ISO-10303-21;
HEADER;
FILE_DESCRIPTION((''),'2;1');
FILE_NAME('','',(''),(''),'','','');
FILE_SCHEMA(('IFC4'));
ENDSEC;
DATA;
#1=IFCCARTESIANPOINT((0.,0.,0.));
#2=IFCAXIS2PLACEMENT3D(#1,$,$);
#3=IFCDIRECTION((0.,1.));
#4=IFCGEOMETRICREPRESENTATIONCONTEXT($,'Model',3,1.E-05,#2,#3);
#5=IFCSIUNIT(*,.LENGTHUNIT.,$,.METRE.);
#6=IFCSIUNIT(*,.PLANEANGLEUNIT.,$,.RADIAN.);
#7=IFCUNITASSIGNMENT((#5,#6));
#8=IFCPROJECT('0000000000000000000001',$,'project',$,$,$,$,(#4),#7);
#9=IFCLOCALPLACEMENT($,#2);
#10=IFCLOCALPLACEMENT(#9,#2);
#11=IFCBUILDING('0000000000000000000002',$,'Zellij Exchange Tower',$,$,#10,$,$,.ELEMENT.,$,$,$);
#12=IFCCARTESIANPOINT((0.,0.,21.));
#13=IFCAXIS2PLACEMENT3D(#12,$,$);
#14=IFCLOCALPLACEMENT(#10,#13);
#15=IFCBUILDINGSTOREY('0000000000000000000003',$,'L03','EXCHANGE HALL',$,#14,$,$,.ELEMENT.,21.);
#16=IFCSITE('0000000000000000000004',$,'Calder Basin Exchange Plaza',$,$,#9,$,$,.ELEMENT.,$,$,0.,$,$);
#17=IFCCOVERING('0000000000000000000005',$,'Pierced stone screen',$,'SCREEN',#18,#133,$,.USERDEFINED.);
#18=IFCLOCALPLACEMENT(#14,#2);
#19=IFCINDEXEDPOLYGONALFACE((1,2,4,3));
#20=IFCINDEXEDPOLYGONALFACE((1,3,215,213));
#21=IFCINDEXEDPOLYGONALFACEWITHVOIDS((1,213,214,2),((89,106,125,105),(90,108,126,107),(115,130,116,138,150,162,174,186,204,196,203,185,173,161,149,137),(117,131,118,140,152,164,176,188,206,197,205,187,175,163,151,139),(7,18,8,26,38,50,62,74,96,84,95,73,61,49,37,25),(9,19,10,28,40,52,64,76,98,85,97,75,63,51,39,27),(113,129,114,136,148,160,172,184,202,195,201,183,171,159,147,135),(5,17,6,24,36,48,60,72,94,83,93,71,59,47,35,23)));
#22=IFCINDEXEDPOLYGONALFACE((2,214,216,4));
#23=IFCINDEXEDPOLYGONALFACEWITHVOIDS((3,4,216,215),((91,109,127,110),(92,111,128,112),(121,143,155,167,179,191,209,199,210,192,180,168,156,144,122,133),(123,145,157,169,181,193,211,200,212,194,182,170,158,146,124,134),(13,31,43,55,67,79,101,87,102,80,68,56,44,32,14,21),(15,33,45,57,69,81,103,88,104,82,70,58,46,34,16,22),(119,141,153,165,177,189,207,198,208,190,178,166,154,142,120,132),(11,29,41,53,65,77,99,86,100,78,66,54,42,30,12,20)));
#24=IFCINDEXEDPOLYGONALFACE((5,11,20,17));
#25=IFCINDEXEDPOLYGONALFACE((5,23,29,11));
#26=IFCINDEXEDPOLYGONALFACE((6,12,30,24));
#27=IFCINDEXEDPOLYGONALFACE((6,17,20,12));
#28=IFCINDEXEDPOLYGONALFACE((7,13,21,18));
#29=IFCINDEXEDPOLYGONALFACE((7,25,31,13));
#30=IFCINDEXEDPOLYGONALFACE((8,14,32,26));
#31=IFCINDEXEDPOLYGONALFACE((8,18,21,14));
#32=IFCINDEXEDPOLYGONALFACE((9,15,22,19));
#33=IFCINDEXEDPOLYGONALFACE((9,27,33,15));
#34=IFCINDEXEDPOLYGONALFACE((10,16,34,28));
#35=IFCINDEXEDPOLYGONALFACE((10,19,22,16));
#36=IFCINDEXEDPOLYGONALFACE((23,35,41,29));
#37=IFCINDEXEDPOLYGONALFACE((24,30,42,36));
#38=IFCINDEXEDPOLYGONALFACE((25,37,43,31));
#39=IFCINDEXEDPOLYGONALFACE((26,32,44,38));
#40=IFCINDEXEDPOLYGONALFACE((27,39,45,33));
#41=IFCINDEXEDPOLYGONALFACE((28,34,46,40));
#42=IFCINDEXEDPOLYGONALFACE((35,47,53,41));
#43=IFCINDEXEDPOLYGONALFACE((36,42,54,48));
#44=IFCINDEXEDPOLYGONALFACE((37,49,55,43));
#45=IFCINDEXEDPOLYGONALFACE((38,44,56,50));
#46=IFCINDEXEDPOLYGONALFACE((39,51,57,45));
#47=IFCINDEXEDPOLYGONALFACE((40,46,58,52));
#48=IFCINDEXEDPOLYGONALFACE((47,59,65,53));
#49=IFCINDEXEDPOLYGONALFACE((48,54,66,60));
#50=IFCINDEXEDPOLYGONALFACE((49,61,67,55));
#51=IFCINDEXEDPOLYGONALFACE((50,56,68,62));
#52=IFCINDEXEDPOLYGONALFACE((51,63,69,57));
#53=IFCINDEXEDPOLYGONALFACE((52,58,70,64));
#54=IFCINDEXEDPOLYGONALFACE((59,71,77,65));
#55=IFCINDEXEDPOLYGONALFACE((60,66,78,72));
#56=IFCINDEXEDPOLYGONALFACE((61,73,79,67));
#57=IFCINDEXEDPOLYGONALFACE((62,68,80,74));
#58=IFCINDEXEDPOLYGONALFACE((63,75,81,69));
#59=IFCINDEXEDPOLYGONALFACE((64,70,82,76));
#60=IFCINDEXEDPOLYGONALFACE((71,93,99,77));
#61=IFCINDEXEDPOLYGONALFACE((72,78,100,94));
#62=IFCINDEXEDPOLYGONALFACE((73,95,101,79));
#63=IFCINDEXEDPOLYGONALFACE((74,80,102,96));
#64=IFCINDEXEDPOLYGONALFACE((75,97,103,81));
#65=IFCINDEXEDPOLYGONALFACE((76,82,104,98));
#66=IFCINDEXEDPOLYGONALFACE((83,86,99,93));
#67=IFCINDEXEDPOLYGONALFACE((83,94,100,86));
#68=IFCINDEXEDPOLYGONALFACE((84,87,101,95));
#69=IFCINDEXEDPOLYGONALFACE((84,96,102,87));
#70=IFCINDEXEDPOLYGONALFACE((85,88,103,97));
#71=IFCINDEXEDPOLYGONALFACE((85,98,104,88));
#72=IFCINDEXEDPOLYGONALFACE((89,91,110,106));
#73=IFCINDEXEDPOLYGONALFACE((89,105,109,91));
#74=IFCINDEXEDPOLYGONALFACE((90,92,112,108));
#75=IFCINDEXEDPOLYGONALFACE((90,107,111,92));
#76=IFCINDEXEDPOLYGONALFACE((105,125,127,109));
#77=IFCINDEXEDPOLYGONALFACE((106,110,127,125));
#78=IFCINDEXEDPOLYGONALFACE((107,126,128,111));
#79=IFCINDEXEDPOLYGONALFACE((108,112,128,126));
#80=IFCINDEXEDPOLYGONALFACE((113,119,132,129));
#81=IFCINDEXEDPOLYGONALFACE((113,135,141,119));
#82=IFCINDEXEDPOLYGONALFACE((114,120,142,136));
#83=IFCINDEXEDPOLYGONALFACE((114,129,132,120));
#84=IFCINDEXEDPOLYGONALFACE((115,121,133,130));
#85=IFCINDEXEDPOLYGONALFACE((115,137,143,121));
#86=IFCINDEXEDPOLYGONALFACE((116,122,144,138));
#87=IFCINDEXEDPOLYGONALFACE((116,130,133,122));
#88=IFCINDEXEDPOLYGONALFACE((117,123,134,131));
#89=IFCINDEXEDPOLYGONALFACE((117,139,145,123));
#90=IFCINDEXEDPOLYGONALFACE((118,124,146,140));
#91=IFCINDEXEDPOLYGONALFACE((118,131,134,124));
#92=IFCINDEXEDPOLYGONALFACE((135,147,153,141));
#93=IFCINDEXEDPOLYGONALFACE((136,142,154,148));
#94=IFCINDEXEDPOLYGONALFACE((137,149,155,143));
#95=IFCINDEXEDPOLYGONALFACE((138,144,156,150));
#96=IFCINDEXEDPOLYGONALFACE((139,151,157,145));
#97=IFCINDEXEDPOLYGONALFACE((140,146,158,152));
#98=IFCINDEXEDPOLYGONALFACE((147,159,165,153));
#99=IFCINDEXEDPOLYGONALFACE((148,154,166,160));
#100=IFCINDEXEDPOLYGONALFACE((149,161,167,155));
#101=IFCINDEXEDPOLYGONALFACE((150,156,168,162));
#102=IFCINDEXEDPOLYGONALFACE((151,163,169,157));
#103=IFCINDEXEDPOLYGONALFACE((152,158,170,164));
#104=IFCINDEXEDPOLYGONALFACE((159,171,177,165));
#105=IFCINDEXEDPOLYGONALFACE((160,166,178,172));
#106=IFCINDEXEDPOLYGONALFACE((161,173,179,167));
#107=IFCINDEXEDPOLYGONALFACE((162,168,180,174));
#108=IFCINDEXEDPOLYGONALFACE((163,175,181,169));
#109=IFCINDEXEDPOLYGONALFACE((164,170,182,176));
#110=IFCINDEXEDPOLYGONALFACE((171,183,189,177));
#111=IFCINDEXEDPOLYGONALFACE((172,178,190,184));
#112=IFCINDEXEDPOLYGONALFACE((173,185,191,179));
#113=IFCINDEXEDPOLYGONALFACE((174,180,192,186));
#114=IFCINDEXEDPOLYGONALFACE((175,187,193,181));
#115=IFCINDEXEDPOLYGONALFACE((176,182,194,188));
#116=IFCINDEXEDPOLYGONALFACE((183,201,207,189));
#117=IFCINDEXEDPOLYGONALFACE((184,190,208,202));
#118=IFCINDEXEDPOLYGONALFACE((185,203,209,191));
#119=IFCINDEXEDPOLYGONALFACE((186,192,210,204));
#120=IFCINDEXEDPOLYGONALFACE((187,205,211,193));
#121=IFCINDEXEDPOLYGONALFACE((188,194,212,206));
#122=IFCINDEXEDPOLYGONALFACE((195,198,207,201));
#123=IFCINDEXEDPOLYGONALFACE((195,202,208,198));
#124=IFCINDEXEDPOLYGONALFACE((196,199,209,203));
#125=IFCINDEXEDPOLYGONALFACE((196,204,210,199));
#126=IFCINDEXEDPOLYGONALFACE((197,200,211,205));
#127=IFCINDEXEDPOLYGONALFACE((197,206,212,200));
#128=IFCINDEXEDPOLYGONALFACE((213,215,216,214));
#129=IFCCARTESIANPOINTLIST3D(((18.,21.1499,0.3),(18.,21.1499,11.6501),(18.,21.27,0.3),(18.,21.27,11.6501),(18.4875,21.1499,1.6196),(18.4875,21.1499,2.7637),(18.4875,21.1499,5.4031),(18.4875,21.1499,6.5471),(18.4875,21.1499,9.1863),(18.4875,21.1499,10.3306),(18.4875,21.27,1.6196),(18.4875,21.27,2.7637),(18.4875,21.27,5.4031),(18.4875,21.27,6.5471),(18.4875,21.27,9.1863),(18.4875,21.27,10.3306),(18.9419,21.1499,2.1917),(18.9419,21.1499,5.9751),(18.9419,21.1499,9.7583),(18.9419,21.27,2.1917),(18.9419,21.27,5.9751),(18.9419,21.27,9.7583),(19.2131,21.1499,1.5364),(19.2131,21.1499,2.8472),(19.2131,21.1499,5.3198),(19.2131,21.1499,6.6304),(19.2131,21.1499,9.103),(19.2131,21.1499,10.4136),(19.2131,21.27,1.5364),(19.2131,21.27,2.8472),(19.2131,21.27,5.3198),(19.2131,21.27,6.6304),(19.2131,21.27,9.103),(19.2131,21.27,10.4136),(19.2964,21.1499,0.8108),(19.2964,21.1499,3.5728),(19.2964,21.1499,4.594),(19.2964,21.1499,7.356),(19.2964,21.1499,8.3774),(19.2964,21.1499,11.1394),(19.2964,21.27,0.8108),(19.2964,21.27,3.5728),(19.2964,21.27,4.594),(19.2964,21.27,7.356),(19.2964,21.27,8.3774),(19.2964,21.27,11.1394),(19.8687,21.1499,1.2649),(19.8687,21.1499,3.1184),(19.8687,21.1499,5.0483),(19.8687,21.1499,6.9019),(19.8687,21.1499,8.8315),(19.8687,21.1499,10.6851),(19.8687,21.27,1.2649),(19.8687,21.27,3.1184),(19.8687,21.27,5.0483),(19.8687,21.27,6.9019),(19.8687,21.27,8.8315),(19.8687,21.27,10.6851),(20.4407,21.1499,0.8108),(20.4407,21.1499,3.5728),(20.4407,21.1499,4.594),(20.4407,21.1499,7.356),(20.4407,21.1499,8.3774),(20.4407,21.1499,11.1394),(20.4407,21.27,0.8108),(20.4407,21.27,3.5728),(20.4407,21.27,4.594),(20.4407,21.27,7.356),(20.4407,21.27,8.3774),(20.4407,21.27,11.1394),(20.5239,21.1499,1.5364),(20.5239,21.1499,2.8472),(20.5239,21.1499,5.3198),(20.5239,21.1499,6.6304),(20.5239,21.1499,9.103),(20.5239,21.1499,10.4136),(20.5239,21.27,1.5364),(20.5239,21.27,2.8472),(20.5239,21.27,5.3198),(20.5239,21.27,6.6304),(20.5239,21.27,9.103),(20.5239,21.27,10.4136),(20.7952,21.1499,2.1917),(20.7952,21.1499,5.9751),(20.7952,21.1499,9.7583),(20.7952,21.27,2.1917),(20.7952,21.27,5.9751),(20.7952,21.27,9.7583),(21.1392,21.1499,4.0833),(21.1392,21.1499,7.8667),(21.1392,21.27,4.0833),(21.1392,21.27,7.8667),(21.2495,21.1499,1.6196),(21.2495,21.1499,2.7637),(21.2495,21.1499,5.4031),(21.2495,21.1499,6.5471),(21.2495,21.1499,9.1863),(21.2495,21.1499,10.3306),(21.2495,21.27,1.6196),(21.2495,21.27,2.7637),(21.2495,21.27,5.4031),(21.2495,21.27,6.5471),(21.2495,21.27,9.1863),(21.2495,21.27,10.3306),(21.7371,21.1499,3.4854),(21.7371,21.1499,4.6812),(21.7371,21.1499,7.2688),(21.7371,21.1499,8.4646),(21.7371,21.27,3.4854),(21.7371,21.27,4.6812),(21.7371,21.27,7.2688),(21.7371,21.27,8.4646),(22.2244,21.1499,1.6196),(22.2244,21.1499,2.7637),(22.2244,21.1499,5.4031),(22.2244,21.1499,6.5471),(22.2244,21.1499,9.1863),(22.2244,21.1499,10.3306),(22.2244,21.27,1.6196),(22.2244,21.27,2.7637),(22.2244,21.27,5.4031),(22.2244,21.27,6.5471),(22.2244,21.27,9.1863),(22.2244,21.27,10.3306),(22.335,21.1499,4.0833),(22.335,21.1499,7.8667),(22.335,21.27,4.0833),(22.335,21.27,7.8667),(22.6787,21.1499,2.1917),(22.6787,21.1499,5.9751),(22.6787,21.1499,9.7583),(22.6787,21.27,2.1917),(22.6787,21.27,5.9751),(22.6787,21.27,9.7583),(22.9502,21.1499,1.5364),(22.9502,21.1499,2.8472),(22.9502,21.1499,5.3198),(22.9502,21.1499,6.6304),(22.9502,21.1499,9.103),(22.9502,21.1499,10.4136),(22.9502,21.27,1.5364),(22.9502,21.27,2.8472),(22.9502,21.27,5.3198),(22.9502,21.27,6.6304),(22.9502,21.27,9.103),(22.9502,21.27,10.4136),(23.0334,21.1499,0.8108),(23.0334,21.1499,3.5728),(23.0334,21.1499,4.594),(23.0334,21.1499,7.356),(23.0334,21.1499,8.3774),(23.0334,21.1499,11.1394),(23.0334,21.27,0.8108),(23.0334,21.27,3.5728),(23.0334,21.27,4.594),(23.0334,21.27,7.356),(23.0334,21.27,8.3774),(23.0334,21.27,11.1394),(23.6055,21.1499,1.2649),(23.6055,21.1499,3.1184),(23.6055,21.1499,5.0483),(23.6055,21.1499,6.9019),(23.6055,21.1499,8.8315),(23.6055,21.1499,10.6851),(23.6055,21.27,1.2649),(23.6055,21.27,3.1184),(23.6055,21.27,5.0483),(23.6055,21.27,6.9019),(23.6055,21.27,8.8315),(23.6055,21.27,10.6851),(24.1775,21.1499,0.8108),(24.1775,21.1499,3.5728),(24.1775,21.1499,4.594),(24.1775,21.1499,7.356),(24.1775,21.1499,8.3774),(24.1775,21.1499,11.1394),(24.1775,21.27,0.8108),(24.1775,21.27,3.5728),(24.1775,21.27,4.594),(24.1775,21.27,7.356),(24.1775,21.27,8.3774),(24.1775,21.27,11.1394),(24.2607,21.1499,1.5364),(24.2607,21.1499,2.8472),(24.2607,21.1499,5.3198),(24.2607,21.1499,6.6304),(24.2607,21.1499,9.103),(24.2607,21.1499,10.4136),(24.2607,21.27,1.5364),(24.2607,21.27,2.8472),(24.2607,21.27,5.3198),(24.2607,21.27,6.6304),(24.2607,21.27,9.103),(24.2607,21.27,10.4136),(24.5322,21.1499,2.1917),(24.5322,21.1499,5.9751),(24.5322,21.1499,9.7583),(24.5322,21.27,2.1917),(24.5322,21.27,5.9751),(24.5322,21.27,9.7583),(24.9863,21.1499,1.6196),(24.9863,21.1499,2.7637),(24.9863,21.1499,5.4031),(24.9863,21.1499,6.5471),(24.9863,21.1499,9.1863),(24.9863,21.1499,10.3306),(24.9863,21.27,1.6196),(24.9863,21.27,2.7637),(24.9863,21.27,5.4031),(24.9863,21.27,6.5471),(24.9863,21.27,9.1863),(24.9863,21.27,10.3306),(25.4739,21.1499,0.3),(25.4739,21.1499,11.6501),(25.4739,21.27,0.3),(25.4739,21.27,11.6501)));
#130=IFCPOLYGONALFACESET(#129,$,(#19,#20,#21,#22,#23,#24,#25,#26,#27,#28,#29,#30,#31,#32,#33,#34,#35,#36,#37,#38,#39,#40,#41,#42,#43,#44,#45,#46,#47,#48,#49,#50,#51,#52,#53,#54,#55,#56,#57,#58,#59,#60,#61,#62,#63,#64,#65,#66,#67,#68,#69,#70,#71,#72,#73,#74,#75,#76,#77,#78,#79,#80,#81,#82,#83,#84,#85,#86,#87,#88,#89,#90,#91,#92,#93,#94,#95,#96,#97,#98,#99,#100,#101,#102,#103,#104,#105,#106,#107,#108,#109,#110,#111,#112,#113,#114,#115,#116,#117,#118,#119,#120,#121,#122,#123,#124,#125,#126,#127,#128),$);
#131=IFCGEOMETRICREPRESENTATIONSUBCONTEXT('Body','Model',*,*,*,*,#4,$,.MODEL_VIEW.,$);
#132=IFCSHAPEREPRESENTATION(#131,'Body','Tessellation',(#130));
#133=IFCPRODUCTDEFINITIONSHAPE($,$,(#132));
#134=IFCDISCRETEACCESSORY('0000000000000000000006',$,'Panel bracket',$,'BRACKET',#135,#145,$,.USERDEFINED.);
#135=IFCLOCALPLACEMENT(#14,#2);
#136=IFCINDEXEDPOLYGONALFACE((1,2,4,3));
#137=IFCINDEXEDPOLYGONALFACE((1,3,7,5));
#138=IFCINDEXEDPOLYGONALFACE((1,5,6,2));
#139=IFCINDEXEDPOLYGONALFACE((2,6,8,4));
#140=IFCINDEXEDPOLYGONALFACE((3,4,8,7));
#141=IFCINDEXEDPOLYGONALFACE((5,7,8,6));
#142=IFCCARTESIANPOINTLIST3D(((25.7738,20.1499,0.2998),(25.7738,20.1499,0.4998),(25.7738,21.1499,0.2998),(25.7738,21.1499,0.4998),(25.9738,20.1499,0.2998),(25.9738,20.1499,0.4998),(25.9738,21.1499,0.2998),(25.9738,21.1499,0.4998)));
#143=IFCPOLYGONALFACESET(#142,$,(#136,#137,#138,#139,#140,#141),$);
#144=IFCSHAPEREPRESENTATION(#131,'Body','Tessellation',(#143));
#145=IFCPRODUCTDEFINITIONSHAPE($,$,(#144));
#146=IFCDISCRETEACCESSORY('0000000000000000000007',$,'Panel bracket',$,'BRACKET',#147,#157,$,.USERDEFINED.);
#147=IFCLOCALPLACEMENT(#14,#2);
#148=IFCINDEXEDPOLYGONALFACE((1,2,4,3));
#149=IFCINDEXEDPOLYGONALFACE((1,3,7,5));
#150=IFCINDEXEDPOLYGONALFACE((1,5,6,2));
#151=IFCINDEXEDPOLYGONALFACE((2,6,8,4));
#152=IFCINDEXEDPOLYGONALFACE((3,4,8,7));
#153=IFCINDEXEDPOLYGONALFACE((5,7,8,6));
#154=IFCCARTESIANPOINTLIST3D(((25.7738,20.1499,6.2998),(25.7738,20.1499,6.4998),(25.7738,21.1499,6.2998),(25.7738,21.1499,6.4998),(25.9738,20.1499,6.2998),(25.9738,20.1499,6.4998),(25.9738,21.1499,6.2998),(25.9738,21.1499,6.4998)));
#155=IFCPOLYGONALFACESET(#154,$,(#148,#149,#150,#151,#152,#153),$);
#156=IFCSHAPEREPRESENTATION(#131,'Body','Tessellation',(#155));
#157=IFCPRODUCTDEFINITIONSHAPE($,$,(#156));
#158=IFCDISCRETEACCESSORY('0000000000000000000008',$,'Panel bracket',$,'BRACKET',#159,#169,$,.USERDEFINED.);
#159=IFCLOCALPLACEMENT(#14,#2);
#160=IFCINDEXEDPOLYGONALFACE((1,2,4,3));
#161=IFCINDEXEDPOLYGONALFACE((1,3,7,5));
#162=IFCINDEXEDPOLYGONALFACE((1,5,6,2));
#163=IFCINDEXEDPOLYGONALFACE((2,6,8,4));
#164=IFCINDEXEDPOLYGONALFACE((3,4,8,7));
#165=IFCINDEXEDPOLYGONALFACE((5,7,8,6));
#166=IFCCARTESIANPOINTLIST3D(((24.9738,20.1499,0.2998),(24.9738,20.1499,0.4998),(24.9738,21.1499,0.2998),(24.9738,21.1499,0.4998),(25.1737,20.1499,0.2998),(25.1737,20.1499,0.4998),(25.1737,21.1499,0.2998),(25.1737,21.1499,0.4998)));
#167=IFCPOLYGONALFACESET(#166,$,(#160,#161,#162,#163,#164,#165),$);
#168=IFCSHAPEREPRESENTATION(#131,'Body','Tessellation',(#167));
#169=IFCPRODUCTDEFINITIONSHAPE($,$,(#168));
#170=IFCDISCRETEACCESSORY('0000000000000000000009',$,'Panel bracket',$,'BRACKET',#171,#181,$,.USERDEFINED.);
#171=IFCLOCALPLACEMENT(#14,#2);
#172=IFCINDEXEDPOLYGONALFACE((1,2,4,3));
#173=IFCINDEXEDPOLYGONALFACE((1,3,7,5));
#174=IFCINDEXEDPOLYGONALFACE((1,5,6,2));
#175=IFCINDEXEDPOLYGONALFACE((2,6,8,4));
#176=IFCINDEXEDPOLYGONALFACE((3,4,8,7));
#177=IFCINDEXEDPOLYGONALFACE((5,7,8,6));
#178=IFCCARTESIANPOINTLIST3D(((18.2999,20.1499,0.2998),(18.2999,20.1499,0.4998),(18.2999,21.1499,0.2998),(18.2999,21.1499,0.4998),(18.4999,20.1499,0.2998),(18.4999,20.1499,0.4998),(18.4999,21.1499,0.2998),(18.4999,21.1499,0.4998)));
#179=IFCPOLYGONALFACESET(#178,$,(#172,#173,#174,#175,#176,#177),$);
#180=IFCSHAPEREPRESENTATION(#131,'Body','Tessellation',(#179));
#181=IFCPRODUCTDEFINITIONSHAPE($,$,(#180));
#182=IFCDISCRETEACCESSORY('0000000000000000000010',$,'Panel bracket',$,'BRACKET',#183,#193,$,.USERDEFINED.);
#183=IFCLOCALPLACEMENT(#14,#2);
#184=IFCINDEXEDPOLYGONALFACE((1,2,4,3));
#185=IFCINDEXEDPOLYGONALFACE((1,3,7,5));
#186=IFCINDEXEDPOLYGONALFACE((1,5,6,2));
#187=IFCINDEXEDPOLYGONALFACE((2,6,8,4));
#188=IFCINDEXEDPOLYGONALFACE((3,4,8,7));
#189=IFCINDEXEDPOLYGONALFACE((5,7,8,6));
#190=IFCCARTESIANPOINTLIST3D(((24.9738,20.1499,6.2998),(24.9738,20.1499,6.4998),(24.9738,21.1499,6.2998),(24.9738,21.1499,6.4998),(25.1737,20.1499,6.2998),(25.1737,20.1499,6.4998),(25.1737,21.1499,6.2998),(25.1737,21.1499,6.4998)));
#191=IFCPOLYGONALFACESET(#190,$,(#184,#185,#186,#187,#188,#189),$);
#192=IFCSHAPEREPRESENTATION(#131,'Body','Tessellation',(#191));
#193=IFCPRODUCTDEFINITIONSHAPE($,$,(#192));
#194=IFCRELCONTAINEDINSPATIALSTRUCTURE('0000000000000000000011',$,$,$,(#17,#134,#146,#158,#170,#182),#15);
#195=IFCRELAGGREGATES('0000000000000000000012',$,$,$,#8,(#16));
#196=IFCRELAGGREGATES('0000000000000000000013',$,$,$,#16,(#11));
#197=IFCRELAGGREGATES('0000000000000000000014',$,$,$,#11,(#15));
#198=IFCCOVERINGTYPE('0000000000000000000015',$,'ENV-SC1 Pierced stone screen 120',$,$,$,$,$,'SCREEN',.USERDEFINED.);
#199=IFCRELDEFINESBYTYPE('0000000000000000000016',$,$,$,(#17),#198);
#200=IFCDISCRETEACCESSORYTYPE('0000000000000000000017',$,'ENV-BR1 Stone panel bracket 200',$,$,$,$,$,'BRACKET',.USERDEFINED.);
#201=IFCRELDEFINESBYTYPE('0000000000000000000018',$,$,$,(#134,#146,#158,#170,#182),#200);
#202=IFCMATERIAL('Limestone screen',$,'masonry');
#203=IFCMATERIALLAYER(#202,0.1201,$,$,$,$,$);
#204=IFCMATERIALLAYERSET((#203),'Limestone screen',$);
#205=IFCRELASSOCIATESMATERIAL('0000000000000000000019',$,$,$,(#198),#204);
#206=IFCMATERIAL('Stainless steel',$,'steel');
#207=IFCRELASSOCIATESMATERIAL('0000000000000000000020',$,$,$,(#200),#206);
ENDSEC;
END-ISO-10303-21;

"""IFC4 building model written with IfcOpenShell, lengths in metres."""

from ifc_helpers import new_model, si_unit, direction, frame, origin, origin_2d, place, context, subcontext, project, spatial, polyline, rectangle, outline, extrude, material, layer, layer_set, type_object, element, save


model = new_model("IFC4")

# Units and contexts
model_context = context("Model", 3, precision=1e-05, world=origin(), true_north=direction((0.0, 1.0)))
body_context = subcontext(model_context, "Body", "Model", "MODEL_VIEW")
ifc_project = project(units=[si_unit("LENGTHUNIT", "METRE"), si_unit("PLANEANGLEUNIT", "RADIAN")], contexts=[model_context])

# Site, building, storey
site_placement = place(None, origin())
site = spatial("IfcSite", under=ifc_project, at=site_placement, Name="Calder Basin Exchange Plaza", CompositionType="ELEMENT", RefElevation=0.0)
building_placement = place(site_placement, origin())
building = spatial("IfcBuilding", under=site, at=building_placement, Name="Zellij Exchange Tower", CompositionType="ELEMENT")
storey_placement = place(building_placement, frame((0.0, 0.0, 21.0)))
storey = spatial("IfcBuildingStorey", under=building, at=storey_placement, Name="L03", Description="EXCHANGE HALL", CompositionType="ELEMENT", Elevation=21.0)

# Covering
ifc_material_1 = material(Name="Limestone screen", Category="masonry")
ifc_layer_1 = layer(ifc_material_1, 0.1201)
ifc_layer_set_1 = layer_set([ifc_layer_1], Name="Limestone screen")
covering_type_1 = type_object("IfcCoveringType", Name="ENV-SC1 Pierced stone screen 120", ElementType="SCREEN", PredefinedType="USERDEFINED", material=ifc_layer_set_1)
covering_1_placement = place(storey_placement, frame((25.4739, 21.21, 0.3), z_axis=(0.0, 0.0, 1.0), x_axis=(-1.0, 0.0, 0.0)))
element("IfcCovering", 1, at=covering_1_placement, inside=storey, type_object=covering_type_1, Name="Pierced stone screen", ObjectType="SCREEN", PredefinedType="USERDEFINED", context=body_context, shape_type="SweptSolid", body=[
    extrude(outline(polyline([(0.0, 0.0), (7.4739, 0.0), (7.4739, 11.3501), (0.0, 11.3501), (0.0, 0.0)]), holes=[polyline([(3.2495, 2.4636), (2.5237, 2.5471), (2.4404, 3.2727), (1.8684, 2.8184), (1.2964, 3.2727), (1.2131, 2.5471), (0.4875, 2.4636), (0.9417, 1.8916), (0.4875, 1.3196), (1.2131, 1.2363), (1.2964, 0.5107), (1.8684, 0.9648), (2.4404, 0.5107), (2.5237, 1.2363), (3.2495, 1.3196), (2.7952, 1.8916), (3.2495, 2.4636)]), polyline([(3.2495, 6.2471), (2.5237, 6.3303), (2.4404, 7.0559), (1.8684, 6.6018), (1.2964, 7.0559), (1.2131, 6.3303), (0.4875, 6.2471), (0.9417, 5.675), (0.4875, 5.103), (1.2131, 5.0198), (1.2964, 4.2939), (1.8684, 4.7483), (2.4404, 4.2939), (2.5237, 5.0198), (3.2495, 5.103), (2.7952, 5.675), (3.2495, 6.2471)]), polyline([(3.2495, 10.0305), (2.5237, 10.1135), (2.4404, 10.8394), (1.8684, 10.385), (1.2964, 10.8394), (1.2131, 10.1135), (0.4875, 10.0305), (0.9417, 9.4583), (0.4875, 8.8862), (1.2131, 8.803), (1.2964, 8.0774), (1.8684, 8.5315), (2.4404, 8.0774), (2.5237, 8.803), (3.2495, 8.8862), (2.7952, 9.4583), (3.2495, 10.0305)]), polyline([(6.9863, 2.4636), (6.2607, 2.5471), (6.1775, 3.2727), (5.6052, 2.8184), (5.0332, 3.2727), (4.95, 2.5471), (4.2244, 2.4636), (4.6787, 1.8916), (4.2244, 1.3196), (4.95, 1.2363), (5.0332, 0.5107), (5.6052, 0.9648), (6.1775, 0.5107), (6.2607, 1.2363), (6.9863, 1.3196), (6.532, 1.8916), (6.9863, 2.4636)]), polyline([(6.9863, 6.2471), (6.2607, 6.3303), (6.1775, 7.0559), (5.6052, 6.6018), (5.0332, 7.0559), (4.95, 6.3303), (4.2244, 6.2471), (4.6787, 5.675), (4.2244, 5.103), (4.95, 5.0198), (5.0332, 4.2939), (5.6052, 4.7483), (6.1775, 4.2939), (6.2607, 5.0198), (6.9863, 5.103), (6.532, 5.675), (6.9863, 6.2471)]), polyline([(6.9863, 10.0305), (6.2607, 10.1135), (6.1775, 10.8394), (5.6052, 10.385), (5.0332, 10.8394), (4.95, 10.1135), (4.2244, 10.0305), (4.6787, 9.4583), (4.2244, 8.8862), (4.95, 8.803), (5.0332, 8.0774), (5.6052, 8.5315), (6.1775, 8.0774), (6.2607, 8.803), (6.9863, 8.8862), (6.532, 9.4583), (6.9863, 10.0305)]), polyline([(4.3347, 3.7832), (3.7368, 4.3811), (3.1389, 3.7832), (3.7368, 3.1853), (4.3347, 3.7832)]), polyline([(4.3347, 7.5667), (3.7368, 8.1646), (3.1389, 7.5667), (3.7368, 6.9688), (4.3347, 7.5667)])]), frame((0.0, 0.0601, 0.0), z_axis=(0.0, -1.0, 0.0), x_axis=(1.0, 0.0, 0.0)), (0.0, 0.0, 1.0), 0.1201),
])

# Discrete accessories
ifc_material_2 = material(Name="Stainless steel", Category="steel")
discrete_accessory_type = type_object("IfcDiscreteAccessoryType", Name="ENV-BR1 Stone panel bracket 200", ElementType="BRACKET", PredefinedType="USERDEFINED", material=ifc_material_2)
for number, where, z_axis, x_axis, name in (
    (2, (25.8738, 20.6499, 0.2998), (0.0, 0.0, 1.0), (-1.0, 0.0, 0.0), "Panel bracket"),
    (3, (25.8738, 20.6499, 6.2998), (0.0, 0.0, 1.0), (-1.0, 0.0, 0.0), "Panel bracket"),
    (4, (25.0737, 20.6499, 0.2998), (0.0, 0.0, 1.0), (-1.0, 0.0, 0.0), "Panel bracket"),
    (5, (18.3999, 20.6499, 0.2998), (0.0, 0.0, 1.0), (-1.0, 0.0, 0.0), "Panel bracket"),
    (6, (25.0737, 20.6499, 6.2998), (0.0, 0.0, 1.0), (-1.0, 0.0, 0.0), "Panel bracket"),
):
    element("IfcDiscreteAccessory", number, at=place(storey_placement, frame(where, z_axis=z_axis, x_axis=x_axis)), inside=storey, type_object=discrete_accessory_type, Name=name, ObjectType="BRACKET", PredefinedType="USERDEFINED", context=body_context, shape_type="SweptSolid", body=[
        extrude(rectangle(XDim=0.2, YDim=1.0, at=origin_2d()), origin(), (0.0, 0.0, 1.0), 0.2),
    ])

save(model, "model.ifc")
